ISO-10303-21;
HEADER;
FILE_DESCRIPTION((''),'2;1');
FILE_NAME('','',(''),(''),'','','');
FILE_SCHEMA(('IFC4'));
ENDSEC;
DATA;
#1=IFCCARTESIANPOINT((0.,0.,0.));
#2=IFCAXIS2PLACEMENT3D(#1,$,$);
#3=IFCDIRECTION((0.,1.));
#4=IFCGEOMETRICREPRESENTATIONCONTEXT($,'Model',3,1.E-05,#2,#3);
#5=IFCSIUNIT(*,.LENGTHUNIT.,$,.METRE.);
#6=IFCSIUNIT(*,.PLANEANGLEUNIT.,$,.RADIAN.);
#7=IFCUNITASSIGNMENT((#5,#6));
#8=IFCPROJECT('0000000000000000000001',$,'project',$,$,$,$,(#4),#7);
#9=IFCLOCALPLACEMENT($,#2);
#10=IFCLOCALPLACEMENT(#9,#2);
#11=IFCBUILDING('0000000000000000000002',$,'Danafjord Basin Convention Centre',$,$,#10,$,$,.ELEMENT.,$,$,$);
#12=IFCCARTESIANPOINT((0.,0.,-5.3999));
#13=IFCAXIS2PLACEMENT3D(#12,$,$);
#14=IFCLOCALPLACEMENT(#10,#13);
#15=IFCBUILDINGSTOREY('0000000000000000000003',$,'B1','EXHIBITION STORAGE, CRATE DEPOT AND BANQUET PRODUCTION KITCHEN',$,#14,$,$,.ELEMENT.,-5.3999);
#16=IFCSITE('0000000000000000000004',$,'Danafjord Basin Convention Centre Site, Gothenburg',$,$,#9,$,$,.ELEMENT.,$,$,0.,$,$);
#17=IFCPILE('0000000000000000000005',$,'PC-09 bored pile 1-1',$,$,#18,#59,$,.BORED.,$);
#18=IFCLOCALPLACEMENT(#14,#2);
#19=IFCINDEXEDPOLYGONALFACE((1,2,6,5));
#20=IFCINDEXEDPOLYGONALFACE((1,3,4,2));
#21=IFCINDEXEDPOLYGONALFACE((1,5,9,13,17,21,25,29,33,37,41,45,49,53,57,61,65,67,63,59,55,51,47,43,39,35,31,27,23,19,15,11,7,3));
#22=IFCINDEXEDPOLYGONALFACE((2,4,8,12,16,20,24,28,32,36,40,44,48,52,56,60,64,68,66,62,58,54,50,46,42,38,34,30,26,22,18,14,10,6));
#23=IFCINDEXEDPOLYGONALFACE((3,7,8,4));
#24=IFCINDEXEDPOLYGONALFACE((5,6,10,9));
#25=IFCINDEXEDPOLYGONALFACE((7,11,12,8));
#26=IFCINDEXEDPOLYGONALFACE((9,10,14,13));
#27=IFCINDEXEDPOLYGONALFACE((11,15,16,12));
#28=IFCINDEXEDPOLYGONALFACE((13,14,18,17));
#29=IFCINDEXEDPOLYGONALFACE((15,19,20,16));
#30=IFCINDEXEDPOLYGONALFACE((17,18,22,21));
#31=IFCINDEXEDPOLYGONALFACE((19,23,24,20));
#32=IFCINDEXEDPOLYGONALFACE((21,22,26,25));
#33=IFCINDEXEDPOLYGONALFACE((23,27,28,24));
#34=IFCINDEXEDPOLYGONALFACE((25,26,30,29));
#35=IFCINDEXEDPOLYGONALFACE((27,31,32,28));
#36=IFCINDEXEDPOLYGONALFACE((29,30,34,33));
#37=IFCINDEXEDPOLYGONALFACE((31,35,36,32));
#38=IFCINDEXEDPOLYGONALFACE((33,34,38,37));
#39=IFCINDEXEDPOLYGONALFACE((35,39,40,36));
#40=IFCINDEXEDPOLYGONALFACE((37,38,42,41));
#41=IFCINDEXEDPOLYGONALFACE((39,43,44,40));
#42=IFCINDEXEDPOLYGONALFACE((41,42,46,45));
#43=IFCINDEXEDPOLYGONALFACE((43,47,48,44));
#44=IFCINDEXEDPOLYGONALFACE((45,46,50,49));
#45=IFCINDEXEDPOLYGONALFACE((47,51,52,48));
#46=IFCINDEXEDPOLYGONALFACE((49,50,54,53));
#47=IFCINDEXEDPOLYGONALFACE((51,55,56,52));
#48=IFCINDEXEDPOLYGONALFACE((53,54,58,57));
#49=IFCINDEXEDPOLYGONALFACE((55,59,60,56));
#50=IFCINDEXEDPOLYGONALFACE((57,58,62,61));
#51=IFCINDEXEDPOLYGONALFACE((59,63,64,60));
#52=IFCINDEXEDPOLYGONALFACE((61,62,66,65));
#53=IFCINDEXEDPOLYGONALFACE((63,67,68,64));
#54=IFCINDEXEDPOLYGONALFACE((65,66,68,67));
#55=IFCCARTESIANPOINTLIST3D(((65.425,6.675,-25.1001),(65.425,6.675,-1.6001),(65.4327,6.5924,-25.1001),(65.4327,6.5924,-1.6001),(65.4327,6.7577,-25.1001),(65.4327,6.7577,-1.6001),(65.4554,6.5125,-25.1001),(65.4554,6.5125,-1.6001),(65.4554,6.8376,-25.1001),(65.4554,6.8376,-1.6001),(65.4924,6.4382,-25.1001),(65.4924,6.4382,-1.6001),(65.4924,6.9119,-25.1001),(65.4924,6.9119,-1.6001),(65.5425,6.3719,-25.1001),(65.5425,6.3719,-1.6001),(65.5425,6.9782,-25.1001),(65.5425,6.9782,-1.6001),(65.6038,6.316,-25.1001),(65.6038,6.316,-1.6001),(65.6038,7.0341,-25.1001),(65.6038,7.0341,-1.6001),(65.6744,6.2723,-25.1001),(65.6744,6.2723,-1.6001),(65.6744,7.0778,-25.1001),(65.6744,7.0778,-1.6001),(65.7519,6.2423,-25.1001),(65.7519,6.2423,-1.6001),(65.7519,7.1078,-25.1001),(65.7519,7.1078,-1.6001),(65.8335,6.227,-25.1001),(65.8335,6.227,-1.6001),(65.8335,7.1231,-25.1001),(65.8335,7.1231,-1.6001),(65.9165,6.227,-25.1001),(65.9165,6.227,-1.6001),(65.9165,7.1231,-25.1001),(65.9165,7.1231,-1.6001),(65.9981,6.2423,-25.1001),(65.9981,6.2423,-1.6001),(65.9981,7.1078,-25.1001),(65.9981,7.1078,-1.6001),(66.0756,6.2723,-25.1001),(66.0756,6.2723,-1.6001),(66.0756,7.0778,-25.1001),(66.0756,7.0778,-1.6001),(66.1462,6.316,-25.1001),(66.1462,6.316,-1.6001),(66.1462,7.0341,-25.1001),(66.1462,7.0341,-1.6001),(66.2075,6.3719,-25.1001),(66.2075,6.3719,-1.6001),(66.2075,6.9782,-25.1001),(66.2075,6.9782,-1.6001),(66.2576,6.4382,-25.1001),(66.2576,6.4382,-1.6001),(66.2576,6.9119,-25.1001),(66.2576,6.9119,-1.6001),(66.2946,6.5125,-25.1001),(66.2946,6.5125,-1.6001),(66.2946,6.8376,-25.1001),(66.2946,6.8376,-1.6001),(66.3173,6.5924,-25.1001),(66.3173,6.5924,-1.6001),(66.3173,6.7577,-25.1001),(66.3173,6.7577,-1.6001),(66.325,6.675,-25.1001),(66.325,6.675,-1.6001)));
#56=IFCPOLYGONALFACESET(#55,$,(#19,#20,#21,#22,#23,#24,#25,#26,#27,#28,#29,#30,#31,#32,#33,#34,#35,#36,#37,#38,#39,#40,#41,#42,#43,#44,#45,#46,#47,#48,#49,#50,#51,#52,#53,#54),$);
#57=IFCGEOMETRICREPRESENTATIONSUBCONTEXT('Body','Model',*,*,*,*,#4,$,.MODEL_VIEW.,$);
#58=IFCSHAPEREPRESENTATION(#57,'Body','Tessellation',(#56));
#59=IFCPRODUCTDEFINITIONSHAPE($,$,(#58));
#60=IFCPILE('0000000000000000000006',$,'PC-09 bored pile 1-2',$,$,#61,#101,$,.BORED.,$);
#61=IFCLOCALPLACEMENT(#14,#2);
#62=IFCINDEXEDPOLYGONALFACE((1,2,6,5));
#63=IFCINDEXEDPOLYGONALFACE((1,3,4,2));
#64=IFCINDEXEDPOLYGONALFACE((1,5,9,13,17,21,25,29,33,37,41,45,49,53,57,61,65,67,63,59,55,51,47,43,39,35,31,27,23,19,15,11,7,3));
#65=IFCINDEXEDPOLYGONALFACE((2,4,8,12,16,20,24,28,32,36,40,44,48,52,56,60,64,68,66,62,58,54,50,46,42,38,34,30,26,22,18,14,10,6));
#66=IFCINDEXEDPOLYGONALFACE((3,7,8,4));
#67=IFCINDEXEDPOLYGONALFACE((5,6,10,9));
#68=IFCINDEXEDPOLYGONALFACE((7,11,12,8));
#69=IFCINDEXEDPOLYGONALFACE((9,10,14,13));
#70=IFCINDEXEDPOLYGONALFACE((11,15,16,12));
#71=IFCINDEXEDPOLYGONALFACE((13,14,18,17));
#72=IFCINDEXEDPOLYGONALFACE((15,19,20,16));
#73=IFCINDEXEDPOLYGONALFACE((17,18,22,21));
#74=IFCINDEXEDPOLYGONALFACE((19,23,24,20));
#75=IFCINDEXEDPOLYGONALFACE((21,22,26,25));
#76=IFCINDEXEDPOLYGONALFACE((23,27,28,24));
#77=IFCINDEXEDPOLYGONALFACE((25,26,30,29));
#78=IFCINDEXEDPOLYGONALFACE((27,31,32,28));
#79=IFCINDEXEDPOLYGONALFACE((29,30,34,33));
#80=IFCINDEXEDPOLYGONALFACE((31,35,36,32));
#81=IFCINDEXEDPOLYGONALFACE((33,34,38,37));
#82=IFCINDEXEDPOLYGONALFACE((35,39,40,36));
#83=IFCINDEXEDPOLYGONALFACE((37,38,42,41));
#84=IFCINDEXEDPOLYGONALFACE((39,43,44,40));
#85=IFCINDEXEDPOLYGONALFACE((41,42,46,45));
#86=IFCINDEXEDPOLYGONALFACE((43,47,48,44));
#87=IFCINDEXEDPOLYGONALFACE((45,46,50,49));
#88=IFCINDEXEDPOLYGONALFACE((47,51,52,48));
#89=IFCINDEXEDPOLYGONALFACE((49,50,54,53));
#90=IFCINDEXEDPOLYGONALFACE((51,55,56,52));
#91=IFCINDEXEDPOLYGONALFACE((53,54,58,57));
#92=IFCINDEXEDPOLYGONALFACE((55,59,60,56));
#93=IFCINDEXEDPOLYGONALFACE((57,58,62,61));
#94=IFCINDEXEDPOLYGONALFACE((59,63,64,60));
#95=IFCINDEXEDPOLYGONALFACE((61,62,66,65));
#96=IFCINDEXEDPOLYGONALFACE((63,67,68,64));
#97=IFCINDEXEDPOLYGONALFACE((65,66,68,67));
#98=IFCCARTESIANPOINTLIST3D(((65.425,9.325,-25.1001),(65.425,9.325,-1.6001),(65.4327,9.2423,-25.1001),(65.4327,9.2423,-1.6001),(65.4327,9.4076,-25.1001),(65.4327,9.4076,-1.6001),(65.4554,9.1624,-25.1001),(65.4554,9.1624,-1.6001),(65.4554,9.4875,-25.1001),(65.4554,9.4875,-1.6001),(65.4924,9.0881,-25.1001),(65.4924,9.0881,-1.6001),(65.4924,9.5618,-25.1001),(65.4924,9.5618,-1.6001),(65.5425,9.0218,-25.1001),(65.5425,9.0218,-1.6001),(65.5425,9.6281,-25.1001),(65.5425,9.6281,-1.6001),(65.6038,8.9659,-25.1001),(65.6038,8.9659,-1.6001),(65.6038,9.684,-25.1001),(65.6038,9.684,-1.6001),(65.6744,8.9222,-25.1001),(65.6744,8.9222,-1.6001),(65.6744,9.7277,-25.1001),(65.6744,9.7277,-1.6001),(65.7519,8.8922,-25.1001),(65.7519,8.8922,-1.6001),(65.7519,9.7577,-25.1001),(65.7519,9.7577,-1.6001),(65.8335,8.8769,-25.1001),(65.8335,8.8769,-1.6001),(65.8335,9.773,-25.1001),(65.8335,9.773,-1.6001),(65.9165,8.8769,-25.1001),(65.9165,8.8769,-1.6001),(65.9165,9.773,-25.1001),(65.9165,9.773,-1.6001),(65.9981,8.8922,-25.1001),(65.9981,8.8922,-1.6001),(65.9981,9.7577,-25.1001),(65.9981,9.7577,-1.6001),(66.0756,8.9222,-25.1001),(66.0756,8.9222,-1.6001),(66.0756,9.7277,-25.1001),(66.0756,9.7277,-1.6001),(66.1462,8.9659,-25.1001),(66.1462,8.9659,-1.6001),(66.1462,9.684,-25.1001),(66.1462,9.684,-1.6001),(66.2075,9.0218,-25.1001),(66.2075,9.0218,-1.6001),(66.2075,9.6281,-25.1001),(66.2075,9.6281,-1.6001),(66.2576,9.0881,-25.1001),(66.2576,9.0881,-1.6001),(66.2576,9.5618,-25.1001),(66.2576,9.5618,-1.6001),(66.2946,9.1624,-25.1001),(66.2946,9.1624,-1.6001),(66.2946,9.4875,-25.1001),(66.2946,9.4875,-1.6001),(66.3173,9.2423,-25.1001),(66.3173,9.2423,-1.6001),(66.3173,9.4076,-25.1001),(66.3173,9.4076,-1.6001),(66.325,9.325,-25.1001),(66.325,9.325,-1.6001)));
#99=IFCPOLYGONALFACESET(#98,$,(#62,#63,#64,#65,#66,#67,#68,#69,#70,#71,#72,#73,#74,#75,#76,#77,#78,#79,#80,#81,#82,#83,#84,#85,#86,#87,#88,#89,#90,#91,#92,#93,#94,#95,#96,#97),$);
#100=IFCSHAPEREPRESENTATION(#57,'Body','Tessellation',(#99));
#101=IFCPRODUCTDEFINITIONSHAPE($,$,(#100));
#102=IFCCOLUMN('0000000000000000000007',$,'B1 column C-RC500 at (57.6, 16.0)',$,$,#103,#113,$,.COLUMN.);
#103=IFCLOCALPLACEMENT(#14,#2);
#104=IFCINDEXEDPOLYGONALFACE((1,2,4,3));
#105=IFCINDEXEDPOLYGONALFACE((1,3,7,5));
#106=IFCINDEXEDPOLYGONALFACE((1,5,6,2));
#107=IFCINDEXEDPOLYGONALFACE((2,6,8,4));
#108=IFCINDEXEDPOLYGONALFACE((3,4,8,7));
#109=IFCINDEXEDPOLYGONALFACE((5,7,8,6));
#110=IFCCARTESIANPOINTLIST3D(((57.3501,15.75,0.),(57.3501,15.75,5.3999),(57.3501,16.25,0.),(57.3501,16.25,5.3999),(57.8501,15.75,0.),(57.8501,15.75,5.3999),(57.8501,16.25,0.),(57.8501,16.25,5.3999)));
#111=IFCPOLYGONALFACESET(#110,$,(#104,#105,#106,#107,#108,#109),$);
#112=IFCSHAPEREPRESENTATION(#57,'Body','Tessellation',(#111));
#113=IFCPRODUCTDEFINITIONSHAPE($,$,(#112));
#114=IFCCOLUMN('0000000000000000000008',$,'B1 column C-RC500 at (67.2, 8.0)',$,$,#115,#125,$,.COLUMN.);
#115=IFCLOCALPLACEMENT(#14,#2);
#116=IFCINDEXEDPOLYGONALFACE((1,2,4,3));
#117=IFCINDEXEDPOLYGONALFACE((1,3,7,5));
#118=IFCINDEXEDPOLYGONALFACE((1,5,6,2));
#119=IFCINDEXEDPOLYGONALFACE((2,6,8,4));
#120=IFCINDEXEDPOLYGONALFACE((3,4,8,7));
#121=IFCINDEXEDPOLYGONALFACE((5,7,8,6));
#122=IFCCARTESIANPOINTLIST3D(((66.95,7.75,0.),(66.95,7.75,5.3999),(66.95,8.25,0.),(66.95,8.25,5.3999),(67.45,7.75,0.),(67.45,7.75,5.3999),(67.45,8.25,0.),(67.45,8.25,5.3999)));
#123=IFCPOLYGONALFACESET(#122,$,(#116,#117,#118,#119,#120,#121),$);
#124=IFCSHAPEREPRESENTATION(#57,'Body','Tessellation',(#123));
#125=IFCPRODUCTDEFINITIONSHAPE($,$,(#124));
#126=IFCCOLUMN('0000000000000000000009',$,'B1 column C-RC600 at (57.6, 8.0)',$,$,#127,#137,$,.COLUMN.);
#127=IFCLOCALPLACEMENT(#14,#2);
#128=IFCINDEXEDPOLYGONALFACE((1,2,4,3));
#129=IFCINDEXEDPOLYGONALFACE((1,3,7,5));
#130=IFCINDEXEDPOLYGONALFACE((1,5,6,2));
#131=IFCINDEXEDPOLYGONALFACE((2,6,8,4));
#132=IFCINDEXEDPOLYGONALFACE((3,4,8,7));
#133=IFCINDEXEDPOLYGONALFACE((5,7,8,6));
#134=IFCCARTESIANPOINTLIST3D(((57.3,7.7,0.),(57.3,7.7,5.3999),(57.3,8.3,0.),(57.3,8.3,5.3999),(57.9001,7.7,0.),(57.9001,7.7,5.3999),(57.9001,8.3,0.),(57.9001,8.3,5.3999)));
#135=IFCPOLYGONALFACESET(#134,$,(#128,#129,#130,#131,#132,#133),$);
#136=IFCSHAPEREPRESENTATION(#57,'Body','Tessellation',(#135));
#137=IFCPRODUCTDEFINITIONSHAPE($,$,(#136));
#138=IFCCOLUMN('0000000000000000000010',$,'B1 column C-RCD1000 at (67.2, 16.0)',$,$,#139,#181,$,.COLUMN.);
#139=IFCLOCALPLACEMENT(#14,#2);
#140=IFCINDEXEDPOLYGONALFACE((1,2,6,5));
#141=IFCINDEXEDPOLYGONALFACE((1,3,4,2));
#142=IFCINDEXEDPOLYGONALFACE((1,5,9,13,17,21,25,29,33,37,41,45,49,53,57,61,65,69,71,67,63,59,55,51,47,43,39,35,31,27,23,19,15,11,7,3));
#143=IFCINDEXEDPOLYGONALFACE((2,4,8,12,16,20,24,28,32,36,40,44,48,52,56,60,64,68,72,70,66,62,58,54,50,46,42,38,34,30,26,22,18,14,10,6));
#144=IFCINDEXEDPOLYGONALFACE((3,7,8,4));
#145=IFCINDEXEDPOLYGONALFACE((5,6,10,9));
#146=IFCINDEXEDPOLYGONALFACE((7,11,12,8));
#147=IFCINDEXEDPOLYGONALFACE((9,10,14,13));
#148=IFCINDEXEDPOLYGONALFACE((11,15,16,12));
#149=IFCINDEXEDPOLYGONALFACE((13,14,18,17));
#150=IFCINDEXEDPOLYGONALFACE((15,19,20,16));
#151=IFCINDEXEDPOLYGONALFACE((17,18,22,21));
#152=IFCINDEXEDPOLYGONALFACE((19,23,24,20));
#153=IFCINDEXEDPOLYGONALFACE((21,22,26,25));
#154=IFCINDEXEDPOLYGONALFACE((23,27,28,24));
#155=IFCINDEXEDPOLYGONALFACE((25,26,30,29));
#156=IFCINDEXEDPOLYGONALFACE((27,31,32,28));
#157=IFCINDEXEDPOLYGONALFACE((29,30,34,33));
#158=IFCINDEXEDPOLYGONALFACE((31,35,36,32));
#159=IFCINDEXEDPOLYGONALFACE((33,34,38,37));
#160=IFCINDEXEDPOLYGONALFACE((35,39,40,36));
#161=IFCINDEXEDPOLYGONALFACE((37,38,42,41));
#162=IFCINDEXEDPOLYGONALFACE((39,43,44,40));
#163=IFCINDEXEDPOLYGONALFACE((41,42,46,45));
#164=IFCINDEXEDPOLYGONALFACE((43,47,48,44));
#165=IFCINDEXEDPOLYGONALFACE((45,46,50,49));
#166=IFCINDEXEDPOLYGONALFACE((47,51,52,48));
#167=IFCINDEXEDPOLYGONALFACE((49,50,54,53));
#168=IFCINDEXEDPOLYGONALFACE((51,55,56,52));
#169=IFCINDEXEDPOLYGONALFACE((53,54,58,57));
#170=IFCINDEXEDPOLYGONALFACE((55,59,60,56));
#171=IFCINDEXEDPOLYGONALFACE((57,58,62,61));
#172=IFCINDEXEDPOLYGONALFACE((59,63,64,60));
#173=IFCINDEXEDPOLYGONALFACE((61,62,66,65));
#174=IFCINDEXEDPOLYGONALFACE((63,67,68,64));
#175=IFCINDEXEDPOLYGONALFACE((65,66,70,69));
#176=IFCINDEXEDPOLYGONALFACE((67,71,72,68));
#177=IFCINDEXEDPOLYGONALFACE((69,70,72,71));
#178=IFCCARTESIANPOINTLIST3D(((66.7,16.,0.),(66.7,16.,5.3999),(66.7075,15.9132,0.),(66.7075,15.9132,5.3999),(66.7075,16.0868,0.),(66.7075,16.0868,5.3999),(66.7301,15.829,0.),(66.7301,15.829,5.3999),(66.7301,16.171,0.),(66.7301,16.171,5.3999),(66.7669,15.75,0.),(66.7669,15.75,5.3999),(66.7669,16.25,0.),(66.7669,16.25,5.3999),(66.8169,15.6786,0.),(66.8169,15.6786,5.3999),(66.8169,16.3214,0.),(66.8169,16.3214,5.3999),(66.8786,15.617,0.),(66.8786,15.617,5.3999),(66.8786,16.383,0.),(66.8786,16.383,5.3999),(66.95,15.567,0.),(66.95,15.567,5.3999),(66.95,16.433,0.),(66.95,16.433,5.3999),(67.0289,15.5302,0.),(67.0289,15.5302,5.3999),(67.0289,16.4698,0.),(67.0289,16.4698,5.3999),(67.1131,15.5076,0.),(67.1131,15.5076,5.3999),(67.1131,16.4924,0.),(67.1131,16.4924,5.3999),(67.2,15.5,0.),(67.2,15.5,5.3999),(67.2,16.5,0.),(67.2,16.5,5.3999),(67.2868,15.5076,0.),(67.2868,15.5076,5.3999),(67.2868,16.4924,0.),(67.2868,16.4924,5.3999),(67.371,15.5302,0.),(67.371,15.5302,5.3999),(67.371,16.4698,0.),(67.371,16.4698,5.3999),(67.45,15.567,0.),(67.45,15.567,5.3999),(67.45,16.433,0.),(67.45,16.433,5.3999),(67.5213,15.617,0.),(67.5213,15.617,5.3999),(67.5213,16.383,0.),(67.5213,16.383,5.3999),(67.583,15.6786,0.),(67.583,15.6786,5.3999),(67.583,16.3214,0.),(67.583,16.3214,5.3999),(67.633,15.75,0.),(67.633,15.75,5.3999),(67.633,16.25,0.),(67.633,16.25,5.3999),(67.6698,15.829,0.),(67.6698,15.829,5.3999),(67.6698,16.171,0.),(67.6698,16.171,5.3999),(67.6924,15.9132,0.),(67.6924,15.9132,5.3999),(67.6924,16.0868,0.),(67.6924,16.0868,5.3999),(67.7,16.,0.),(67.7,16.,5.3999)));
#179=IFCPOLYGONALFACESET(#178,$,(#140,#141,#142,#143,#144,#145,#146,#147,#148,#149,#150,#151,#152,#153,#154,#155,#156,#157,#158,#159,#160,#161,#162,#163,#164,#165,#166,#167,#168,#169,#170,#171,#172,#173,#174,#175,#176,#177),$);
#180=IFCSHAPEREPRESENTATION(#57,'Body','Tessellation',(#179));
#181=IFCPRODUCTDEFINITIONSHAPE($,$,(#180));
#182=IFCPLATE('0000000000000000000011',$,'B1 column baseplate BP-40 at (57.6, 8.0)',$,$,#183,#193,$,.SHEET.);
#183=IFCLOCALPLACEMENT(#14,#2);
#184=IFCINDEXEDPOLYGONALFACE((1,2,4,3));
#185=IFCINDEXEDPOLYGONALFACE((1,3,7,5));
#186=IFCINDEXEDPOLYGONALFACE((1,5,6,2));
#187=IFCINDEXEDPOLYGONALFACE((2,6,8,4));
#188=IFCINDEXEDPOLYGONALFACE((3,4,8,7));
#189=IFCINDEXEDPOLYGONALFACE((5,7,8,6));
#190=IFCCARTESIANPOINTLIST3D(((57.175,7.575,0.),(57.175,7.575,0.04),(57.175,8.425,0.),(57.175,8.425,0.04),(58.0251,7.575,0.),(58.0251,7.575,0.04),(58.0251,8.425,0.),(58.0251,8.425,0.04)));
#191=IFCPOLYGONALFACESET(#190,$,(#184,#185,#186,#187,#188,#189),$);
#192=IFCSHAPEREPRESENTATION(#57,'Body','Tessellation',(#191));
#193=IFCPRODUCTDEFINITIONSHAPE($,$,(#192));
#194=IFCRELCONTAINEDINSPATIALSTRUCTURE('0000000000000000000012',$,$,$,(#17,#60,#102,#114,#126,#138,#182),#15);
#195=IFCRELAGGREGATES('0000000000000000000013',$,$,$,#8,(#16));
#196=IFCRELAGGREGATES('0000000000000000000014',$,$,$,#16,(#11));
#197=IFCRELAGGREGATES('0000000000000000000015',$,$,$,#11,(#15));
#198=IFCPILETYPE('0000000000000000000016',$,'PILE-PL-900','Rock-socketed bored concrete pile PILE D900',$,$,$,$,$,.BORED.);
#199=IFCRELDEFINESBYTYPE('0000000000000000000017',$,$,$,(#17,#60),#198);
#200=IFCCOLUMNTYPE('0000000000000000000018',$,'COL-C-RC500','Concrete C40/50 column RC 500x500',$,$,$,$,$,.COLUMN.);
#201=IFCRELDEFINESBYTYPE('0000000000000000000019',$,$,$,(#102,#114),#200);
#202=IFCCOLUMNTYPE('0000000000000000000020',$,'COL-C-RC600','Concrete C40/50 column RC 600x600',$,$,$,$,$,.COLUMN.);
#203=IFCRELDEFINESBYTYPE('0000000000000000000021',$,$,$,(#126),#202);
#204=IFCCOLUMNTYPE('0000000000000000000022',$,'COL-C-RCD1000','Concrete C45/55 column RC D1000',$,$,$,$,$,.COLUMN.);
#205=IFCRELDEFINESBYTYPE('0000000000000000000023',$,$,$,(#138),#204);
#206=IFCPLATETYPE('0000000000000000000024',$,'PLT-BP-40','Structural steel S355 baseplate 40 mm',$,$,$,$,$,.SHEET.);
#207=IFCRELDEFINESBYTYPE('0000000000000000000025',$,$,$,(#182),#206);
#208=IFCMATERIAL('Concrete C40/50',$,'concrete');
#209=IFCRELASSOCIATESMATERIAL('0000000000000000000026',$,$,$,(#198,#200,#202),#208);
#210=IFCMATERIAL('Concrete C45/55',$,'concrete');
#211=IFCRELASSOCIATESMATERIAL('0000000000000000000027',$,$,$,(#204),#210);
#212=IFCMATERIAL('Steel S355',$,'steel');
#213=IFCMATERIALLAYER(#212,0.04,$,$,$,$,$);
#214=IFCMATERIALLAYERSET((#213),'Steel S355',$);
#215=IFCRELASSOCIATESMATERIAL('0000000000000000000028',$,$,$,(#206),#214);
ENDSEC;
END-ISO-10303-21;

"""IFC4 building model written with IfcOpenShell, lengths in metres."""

from ifc_helpers import new_model, si_unit, direction, frame, origin, origin_2d, place, context, subcontext, project, spatial, rectangle, circle, extrude, material, layer, layer_set, material_profile, profile_set, type_object, element, save


model = new_model("IFC4")

# Units and contexts
model_context = context("Model", 3, precision=1e-05, world=origin(), true_north=direction((0.0, 1.0)))
body_context = subcontext(model_context, "Body", "Model", "MODEL_VIEW")
ifc_project = project(units=[si_unit("LENGTHUNIT", "METRE"), si_unit("PLANEANGLEUNIT", "RADIAN")], contexts=[model_context])

# Site, building, storey
site_placement = place(None, origin())
site = spatial("IfcSite", under=ifc_project, at=site_placement, Name="Danafjord Basin Convention Centre Site, Gothenburg", CompositionType="ELEMENT", RefElevation=0.0)
building_placement = place(site_placement, origin())
building = spatial("IfcBuilding", under=site, at=building_placement, Name="Danafjord Basin Convention Centre", CompositionType="ELEMENT")
storey_placement = place(building_placement, frame((0.0, 0.0, -5.3999)))
storey = spatial("IfcBuildingStorey", under=building, at=storey_placement, Name="B1", Description="EXHIBITION STORAGE, CRATE DEPOT AND BANQUET PRODUCTION KITCHEN", CompositionType="ELEMENT", Elevation=-5.3999)

# Shared definitions
ifc_material_1 = material(Name="Concrete C40/50", Category="concrete")

# Piles
ifc_material_profile_1 = material_profile(ifc_material_1, circle(Radius=0.45, at=origin_2d()), Name="PILE D900")
ifc_profile_set_1 = profile_set([ifc_material_profile_1], Name="Concrete C40/50")
pile_type_1 = type_object("IfcPileType", Name="PILE-PL-900", Description="Rock-socketed bored concrete pile PILE D900", PredefinedType="BORED", material=ifc_profile_set_1)
for number, where, z_axis, x_axis, name in (
    (1, (65.875, 6.675, -1.6001), (0.0, 0.0, -1.0), (1.0, 0.0, 0.0), "PC-09 bored pile 1-1"),
    (2, (65.875, 9.325, -1.6001), (0.0, 0.0, -1.0), (1.0, 0.0, 0.0), "PC-09 bored pile 1-2"),
):
    element("IfcPile", number, at=place(storey_placement, frame(where, z_axis=z_axis, x_axis=x_axis)), inside=storey, type_object=pile_type_1, Name=name, PredefinedType="BORED", context=body_context, shape_type="SweptSolid", body=[
        extrude(circle(Radius=0.45, at=origin_2d()), origin(), (0.0, 0.0, 1.0), 23.5),
    ])

# Columns
ifc_material_profile_2 = material_profile(ifc_material_1, rectangle(XDim=0.5, YDim=0.5, at=origin_2d()), Name="RC 500x500")
ifc_profile_set_2 = profile_set([ifc_material_profile_2], Name="Concrete C40/50")
column_type_1 = type_object("IfcColumnType", Name="COL-C-RC500", Description="Concrete C40/50 column RC 500x500", PredefinedType="COLUMN", material=ifc_profile_set_2)
for number, where, z_axis, x_axis, name in (
    (3, (57.6001, 16.0, 0.0), (0.0, 0.0, 1.0), (1.0, 0.0, 0.0), "B1 column C-RC500 at (57.6, 16.0)"),
    (4, (67.2, 8.0, 0.0), (0.0, 0.0, 1.0), (1.0, 0.0, 0.0), "B1 column C-RC500 at (67.2, 8.0)"),
):
    element("IfcColumn", number, at=place(storey_placement, frame(where, z_axis=z_axis, x_axis=x_axis)), inside=storey, type_object=column_type_1, Name=name, PredefinedType="COLUMN", context=body_context, shape_type="SweptSolid", body=[
        extrude(rectangle(XDim=0.5, YDim=0.5, at=origin_2d()), origin(), (0.0, 0.0, 1.0), 5.3999),
    ])
ifc_material_profile_3 = material_profile(ifc_material_1, rectangle(XDim=0.6001, YDim=0.6001, at=origin_2d()), Name="RC 600x600")
ifc_profile_set_3 = profile_set([ifc_material_profile_3], Name="Concrete C40/50")
column_type_2 = type_object("IfcColumnType", Name="COL-C-RC600", Description="Concrete C40/50 column RC 600x600", PredefinedType="COLUMN", material=ifc_profile_set_3)
column_1_placement = place(storey_placement, frame((57.6001, 8.0, 0.0), z_axis=(0.0, 0.0, 1.0), x_axis=(1.0, 0.0, 0.0)))
element("IfcColumn", 5, at=column_1_placement, inside=storey, type_object=column_type_2, Name="B1 column C-RC600 at (57.6, 8.0)", PredefinedType="COLUMN", context=body_context, shape_type="SweptSolid", body=[
    extrude(rectangle(XDim=0.6001, YDim=0.6001, at=origin_2d()), origin(), (0.0, 0.0, 1.0), 5.3999),
])
ifc_material_2 = material(Name="Concrete C45/55", Category="concrete")
ifc_material_profile_4 = material_profile(ifc_material_2, circle(Radius=0.5, at=origin_2d()), Name="RC D1000")
ifc_profile_set_4 = profile_set([ifc_material_profile_4], Name="Concrete C45/55")
column_type_3 = type_object("IfcColumnType", Name="COL-C-RCD1000", Description="Concrete C45/55 column RC D1000", PredefinedType="COLUMN", material=ifc_profile_set_4)
column_2_placement = place(storey_placement, frame((67.2, 16.0, 0.0), z_axis=(0.0, 0.0, 1.0), x_axis=(1.0, 0.0, 0.0)))
element("IfcColumn", 6, at=column_2_placement, inside=storey, type_object=column_type_3, Name="B1 column C-RCD1000 at (67.2, 16.0)", PredefinedType="COLUMN", context=body_context, shape_type="SweptSolid", body=[
    extrude(circle(Radius=0.5, at=origin_2d()), origin(), (0.0, 0.0, 1.0), 5.3999),
])

# Plate
ifc_material_3 = material(Name="Steel S355", Category="steel")
ifc_layer_1 = layer(ifc_material_3, 0.04)
ifc_layer_set_1 = layer_set([ifc_layer_1], Name="Steel S355")
plate_type = type_object("IfcPlateType", Name="PLT-BP-40", Description="Structural steel S355 baseplate 40 mm", PredefinedType="SHEET", material=ifc_layer_set_1)
for number, where, z_axis, x_axis, name in (
    (7, (57.6001, 8.0, 0.0), (0.0, 0.0, 1.0), (1.0, 0.0, 0.0), "B1 column baseplate BP-40 at (57.6, 8.0)"),
):
    element("IfcPlate", number, at=place(storey_placement, frame(where, z_axis=z_axis, x_axis=x_axis)), inside=storey, type_object=plate_type, Name=name, PredefinedType="SHEET", context=body_context, shape_type="SweptSolid", body=[
        extrude(rectangle(XDim=0.8501, YDim=0.8501, at=origin_2d()), origin(), (0.0, 0.0, 1.0), 0.04),
    ])

save(model, "model.ifc")
